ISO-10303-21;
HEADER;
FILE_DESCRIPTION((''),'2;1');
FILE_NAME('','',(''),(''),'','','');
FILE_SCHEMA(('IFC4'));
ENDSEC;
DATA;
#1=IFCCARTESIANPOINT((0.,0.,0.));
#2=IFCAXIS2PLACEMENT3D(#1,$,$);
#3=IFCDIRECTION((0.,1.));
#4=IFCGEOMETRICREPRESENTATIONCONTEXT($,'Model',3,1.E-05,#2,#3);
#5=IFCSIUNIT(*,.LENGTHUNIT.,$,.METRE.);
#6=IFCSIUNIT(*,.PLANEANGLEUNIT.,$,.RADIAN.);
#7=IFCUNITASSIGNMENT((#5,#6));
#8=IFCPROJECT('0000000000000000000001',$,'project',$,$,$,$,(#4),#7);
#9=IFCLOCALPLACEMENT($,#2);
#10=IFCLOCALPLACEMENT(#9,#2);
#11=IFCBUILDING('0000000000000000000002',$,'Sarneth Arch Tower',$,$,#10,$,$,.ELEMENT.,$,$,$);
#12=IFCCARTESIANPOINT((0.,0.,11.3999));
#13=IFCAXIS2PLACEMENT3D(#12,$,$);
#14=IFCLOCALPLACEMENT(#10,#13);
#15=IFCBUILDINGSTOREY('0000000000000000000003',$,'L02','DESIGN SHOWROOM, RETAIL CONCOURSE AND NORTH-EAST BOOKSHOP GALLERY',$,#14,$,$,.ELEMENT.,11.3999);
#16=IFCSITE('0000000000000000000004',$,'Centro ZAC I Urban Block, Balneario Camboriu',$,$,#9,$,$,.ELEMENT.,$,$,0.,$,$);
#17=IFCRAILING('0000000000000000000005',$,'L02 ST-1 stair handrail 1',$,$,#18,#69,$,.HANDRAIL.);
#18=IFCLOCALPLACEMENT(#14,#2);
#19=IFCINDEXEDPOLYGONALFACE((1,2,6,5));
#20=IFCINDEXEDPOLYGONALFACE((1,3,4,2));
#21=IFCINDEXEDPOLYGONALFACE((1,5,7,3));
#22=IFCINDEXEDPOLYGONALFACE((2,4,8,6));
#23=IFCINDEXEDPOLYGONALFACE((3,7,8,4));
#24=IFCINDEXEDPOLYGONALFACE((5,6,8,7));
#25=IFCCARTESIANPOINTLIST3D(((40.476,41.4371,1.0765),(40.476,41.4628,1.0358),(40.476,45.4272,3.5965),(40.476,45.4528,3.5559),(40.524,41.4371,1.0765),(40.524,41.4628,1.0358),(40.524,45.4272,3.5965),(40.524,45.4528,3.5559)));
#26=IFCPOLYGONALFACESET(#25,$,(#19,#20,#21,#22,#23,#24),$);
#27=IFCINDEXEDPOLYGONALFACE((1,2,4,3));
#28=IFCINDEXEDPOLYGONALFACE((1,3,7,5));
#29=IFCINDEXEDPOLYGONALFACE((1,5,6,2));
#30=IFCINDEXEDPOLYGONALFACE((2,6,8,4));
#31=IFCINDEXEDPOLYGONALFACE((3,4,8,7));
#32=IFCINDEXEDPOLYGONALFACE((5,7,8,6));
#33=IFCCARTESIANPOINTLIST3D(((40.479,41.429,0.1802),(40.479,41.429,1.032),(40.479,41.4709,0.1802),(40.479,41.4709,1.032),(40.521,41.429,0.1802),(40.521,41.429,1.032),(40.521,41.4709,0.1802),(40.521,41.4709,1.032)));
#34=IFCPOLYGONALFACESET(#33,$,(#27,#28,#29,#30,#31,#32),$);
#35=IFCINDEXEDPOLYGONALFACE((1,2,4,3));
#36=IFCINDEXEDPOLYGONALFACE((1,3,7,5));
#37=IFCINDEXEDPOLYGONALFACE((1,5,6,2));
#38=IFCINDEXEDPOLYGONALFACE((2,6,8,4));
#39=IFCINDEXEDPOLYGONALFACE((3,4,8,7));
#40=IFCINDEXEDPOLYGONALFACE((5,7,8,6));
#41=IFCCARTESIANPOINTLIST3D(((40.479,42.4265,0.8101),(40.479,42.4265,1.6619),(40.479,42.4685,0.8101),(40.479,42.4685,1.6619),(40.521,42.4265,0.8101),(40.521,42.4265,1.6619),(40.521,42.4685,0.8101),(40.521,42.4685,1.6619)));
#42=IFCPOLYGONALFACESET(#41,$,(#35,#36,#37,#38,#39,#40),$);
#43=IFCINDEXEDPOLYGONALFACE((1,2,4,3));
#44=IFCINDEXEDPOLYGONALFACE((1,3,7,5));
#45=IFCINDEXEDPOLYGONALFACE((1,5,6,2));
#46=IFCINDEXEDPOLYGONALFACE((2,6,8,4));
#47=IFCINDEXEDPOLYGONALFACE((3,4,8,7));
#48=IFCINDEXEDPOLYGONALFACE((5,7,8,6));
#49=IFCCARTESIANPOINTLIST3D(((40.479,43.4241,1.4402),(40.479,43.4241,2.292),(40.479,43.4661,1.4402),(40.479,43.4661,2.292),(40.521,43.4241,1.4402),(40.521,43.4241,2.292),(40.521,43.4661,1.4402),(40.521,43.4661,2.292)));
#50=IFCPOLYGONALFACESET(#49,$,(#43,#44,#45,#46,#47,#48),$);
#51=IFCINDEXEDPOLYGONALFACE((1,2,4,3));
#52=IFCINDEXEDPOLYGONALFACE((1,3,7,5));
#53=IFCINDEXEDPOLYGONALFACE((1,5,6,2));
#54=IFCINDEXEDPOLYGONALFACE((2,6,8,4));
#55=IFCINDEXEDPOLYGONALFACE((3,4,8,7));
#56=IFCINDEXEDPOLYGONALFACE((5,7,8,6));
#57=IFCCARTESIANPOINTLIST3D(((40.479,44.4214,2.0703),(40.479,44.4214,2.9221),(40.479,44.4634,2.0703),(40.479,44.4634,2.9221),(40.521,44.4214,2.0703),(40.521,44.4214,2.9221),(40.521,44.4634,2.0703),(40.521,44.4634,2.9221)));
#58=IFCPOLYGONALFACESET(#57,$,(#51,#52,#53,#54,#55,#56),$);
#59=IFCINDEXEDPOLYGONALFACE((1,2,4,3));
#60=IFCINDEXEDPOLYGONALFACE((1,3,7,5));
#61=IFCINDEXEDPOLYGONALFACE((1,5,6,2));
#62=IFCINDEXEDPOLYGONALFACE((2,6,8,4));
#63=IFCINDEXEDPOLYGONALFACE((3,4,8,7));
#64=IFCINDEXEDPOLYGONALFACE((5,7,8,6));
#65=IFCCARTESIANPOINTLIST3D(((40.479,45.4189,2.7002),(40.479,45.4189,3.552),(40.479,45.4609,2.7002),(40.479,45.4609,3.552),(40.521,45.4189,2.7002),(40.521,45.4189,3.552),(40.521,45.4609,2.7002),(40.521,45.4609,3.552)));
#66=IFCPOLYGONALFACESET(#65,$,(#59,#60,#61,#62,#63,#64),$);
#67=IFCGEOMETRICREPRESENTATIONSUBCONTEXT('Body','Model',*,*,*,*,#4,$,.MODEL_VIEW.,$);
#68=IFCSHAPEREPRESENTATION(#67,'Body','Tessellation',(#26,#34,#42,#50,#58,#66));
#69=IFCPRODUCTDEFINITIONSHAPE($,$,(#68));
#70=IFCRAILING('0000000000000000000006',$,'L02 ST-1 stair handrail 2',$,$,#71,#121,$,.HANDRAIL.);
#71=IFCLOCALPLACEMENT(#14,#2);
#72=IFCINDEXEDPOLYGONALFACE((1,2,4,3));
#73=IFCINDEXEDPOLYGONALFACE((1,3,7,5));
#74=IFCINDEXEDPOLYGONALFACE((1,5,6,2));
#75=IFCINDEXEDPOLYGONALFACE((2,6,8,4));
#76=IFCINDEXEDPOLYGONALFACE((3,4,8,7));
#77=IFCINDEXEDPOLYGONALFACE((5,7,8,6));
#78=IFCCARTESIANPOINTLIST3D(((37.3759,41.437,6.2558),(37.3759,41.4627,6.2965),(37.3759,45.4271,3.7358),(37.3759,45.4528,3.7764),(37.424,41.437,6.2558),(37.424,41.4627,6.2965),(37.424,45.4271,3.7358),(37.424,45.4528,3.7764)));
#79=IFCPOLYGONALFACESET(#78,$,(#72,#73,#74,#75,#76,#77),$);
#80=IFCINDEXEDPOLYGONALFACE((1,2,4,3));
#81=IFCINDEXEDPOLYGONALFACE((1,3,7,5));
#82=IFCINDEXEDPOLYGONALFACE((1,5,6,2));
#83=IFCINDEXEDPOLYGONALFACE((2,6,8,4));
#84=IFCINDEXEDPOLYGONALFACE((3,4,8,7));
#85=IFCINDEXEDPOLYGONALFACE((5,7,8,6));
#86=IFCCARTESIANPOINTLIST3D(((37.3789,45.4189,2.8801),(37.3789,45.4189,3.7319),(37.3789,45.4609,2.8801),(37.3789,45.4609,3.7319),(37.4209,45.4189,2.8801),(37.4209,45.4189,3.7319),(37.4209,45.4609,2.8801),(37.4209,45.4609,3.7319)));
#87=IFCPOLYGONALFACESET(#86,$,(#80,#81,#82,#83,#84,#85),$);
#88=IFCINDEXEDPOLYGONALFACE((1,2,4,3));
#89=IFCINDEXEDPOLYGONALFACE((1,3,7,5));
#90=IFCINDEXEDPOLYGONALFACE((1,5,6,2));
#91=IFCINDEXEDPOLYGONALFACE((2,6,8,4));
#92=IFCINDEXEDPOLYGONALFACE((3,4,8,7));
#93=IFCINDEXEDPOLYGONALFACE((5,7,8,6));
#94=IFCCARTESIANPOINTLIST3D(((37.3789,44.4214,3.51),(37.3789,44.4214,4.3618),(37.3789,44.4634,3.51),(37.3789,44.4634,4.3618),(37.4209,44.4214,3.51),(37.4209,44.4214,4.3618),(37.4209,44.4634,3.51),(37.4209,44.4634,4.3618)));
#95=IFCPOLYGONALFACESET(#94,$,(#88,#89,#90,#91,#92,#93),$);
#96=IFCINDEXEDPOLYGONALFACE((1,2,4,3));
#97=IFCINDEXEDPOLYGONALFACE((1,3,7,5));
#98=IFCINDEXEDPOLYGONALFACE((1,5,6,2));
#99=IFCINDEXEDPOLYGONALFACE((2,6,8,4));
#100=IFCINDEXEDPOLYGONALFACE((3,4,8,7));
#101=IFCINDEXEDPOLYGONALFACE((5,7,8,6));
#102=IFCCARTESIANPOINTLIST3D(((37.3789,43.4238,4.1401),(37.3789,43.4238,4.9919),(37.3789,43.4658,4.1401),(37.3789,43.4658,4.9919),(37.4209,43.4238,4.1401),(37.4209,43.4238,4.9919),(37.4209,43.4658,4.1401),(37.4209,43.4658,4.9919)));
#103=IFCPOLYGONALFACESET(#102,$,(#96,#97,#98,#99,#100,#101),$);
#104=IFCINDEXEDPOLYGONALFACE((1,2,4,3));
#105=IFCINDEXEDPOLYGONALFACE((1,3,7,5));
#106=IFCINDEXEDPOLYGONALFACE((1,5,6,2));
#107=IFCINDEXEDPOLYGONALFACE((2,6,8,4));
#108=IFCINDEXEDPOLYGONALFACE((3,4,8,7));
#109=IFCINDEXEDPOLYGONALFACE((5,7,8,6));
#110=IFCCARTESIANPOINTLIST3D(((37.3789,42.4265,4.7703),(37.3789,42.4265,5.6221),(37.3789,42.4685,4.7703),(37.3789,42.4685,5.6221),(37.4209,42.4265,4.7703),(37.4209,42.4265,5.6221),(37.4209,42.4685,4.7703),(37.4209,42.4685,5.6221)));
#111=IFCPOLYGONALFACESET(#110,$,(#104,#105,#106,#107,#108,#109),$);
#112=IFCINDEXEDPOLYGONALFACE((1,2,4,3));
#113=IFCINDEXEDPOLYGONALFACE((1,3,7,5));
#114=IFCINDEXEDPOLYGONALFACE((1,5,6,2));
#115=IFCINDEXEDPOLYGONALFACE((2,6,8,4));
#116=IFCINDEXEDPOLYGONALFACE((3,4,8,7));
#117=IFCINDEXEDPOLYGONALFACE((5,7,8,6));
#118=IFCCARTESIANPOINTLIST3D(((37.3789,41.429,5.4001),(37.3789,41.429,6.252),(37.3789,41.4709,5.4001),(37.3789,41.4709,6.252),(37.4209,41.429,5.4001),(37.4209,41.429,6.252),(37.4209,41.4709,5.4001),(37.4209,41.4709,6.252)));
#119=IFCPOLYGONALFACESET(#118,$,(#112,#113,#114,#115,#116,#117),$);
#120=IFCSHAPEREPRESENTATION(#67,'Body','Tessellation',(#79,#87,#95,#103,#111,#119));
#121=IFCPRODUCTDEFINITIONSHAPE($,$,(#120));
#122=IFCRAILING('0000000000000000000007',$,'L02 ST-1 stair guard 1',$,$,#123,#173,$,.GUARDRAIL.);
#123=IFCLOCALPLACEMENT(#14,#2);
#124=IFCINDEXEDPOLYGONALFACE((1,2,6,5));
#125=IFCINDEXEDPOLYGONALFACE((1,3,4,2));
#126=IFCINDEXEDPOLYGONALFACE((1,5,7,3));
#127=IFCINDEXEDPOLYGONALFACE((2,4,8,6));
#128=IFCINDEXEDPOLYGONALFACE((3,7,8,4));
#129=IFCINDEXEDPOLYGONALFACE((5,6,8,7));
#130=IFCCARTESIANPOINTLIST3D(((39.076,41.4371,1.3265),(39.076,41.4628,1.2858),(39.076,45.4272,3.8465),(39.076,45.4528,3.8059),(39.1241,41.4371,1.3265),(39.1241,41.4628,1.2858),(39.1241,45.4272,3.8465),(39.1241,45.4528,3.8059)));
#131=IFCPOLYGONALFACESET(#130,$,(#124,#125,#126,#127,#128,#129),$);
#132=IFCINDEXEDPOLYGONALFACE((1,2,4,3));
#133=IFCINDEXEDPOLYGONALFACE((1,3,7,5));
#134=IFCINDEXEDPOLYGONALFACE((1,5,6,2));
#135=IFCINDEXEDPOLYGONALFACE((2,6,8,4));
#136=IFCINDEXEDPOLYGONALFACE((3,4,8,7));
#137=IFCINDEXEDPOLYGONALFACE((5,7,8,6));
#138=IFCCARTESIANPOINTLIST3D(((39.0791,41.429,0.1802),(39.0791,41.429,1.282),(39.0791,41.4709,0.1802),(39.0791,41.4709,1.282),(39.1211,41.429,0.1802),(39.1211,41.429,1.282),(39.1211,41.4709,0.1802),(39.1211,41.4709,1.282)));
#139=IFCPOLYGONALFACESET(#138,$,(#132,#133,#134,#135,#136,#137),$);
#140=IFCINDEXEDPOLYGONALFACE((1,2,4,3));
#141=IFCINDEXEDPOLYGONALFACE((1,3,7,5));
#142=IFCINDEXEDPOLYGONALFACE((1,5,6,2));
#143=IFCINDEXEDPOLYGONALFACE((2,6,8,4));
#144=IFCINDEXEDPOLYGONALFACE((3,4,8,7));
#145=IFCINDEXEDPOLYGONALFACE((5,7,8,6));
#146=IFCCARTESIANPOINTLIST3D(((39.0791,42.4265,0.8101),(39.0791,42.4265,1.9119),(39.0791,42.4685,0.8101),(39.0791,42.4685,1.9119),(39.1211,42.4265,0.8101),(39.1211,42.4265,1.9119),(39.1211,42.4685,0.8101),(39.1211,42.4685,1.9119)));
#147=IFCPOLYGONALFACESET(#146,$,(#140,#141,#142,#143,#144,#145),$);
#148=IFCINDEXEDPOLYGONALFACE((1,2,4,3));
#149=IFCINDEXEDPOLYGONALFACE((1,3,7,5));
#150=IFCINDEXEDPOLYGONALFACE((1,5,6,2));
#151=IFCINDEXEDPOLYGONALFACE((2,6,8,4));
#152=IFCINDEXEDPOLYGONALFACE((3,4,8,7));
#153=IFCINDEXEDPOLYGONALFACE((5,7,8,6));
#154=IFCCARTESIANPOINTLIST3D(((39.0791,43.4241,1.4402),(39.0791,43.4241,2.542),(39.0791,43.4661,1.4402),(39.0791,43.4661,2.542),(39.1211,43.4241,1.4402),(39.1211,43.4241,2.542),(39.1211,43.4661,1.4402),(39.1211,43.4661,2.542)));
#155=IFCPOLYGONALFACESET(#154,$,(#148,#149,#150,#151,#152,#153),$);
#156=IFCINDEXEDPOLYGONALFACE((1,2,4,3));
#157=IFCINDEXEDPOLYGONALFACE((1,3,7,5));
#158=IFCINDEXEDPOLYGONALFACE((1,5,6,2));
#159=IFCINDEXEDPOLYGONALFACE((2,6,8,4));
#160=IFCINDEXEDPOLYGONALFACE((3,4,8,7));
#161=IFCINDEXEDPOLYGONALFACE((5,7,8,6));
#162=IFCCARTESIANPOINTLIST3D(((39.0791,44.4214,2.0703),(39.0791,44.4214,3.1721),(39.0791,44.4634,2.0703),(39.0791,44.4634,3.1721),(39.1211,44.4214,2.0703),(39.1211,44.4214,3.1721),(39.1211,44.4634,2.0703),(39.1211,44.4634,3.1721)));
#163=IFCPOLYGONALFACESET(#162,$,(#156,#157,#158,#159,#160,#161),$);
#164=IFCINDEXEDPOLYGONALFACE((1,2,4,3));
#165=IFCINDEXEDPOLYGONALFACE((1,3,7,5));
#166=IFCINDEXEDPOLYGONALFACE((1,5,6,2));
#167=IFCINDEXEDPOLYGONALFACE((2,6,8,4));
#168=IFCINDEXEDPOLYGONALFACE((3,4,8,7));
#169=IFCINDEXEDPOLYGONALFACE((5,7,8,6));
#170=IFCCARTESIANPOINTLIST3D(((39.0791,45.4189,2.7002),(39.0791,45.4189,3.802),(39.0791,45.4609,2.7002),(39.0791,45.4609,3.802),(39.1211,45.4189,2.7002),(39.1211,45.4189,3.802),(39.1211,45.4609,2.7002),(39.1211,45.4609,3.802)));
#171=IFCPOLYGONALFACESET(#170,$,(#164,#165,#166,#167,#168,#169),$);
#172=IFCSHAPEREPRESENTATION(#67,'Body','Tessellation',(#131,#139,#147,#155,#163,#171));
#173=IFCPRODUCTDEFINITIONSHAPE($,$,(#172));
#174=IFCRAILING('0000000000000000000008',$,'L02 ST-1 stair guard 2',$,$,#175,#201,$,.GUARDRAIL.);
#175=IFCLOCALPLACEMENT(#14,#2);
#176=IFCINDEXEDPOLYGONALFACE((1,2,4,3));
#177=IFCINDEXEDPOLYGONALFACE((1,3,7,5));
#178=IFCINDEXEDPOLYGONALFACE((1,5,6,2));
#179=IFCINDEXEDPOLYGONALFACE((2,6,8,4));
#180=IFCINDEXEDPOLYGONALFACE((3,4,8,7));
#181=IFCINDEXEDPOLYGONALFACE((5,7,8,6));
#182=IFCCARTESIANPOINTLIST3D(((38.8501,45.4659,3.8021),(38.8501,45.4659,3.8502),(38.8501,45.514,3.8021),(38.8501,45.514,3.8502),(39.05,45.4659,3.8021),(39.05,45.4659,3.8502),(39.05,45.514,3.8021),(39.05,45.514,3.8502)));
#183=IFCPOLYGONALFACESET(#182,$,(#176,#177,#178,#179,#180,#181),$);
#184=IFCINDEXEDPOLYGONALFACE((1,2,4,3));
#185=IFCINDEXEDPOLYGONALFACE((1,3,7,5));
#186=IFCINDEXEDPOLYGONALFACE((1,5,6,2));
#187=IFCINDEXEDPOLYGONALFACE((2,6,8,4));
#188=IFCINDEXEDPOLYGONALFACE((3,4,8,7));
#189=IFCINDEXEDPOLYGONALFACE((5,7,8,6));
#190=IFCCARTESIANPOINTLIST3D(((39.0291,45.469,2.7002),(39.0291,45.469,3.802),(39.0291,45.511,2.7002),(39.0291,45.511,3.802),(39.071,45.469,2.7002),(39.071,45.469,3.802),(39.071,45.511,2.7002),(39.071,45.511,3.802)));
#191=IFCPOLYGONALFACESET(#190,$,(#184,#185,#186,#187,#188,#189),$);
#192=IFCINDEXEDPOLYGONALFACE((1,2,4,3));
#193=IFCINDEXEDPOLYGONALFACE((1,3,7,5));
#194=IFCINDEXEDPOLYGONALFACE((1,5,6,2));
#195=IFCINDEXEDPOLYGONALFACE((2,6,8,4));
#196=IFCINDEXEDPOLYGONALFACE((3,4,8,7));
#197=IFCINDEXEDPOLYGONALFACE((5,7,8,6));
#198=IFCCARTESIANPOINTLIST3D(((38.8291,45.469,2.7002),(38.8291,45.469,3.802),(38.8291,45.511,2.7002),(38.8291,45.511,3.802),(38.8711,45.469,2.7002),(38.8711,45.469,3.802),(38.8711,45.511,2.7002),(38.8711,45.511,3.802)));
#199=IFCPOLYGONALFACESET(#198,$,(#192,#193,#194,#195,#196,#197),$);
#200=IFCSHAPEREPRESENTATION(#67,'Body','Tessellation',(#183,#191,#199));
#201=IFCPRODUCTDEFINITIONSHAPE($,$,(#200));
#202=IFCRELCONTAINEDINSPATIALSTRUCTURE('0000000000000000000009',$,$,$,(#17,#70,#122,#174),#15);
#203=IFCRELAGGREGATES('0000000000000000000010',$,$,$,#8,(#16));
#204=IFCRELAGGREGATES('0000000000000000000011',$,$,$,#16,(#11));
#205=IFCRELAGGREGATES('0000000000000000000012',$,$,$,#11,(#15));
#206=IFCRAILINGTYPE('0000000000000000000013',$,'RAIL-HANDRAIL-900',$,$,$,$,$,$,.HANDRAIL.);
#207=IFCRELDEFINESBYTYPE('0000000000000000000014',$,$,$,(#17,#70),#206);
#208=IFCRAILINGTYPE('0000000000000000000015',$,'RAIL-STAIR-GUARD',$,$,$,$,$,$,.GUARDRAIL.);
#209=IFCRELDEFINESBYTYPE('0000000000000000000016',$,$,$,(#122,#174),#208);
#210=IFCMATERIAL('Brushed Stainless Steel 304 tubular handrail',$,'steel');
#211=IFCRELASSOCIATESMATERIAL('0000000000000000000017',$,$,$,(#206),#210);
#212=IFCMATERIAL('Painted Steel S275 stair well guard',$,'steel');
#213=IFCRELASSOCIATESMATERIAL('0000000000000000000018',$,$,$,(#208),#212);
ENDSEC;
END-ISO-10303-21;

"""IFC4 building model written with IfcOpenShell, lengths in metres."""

from ifc_helpers import new_model, si_unit, direction, frame, origin, origin_2d, place, context, subcontext, project, spatial, rectangle, extrude, material, type_object, element, save


model = new_model("IFC4")

# Units and contexts
model_context = context("Model", 3, precision=1e-05, world=origin(), true_north=direction((0.0, 1.0)))
body_context = subcontext(model_context, "Body", "Model", "MODEL_VIEW")
ifc_project = project(units=[si_unit("LENGTHUNIT", "METRE"), si_unit("PLANEANGLEUNIT", "RADIAN")], contexts=[model_context])

# Site, building, storey
site_placement = place(None, origin())
site = spatial("IfcSite", under=ifc_project, at=site_placement, Name="Centro ZAC I Urban Block, Balneario Camboriu", CompositionType="ELEMENT", RefElevation=0.0)
building_placement = place(site_placement, origin())
building = spatial("IfcBuilding", under=site, at=building_placement, Name="Sarneth Arch Tower", CompositionType="ELEMENT")
storey_placement = place(building_placement, frame((0.0, 0.0, 11.3999)))
storey = spatial("IfcBuildingStorey", under=building, at=storey_placement, Name="L02", Description="DESIGN SHOWROOM, RETAIL CONCOURSE AND NORTH-EAST BOOKSHOP GALLERY", CompositionType="ELEMENT", Elevation=11.3999)

# Railings
ifc_material_1 = material(Name="Brushed Stainless Steel 304 tubular handrail", Category="steel")
railing_type_1 = type_object("IfcRailingType", Name="RAIL-HANDRAIL-900", PredefinedType="HANDRAIL", material=ifc_material_1)
railing_1_placement = place(storey_placement, frame((40.5, 41.45, 0.1802)))
element("IfcRailing", 1, at=railing_1_placement, inside=storey, type_object=railing_type_1, Name="L02 ST-1 stair handrail 1", PredefinedType="HANDRAIL", context=body_context, shape_type="SweptSolid", body=[
    extrude(rectangle(XDim=0.0481, YDim=0.0481, at=origin_2d()), frame((0.0, 0.0, 0.876), z_axis=(0.0, 0.845486, 0.533997), x_axis=(-1.0, 0.0, 0.0)), (0.0, 0.0, 1.0), 4.7192),
    extrude(rectangle(XDim=0.042, YDim=0.042, at=origin_2d()), origin(), (0.0, 0.0, 1.0), 0.8518),
    extrude(rectangle(XDim=0.042, YDim=0.042, at=origin_2d()), frame((0.0, 0.9976, 0.6299)), (0.0, 0.0, 1.0), 0.8518),
    extrude(rectangle(XDim=0.042, YDim=0.042, at=origin_2d()), frame((0.0, 1.9951, 1.26)), (0.0, 0.0, 1.0), 0.8518),
    extrude(rectangle(XDim=0.042, YDim=0.042, at=origin_2d()), frame((0.0, 2.9924, 1.8901)), (0.0, 0.0, 1.0), 0.8518),
    extrude(rectangle(XDim=0.042, YDim=0.042, at=origin_2d()), frame((0.0, 3.99, 2.52)), (0.0, 0.0, 1.0), 0.8518),
])
railing_2_placement = place(storey_placement, frame((37.3999, 45.4399, 2.8801)))
element("IfcRailing", 2, at=railing_2_placement, inside=storey, type_object=railing_type_1, Name="L02 ST-1 stair handrail 2", PredefinedType="HANDRAIL", context=body_context, shape_type="SweptSolid", body=[
    extrude(rectangle(XDim=0.0481, YDim=0.0481, at=origin_2d()), frame((0.0, 0.0, 0.876), z_axis=(0.0, -0.845486, 0.533997), x_axis=(1.0, 0.0, 0.0)), (0.0, 0.0, 1.0), 4.7192),
    extrude(rectangle(XDim=0.042, YDim=0.042, at=origin_2d()), origin(), (0.0, 0.0, 1.0), 0.8518),
    extrude(rectangle(XDim=0.042, YDim=0.042, at=origin_2d()), frame((0.0, -0.9976, 0.6299)), (0.0, 0.0, 1.0), 0.8518),
    extrude(rectangle(XDim=0.042, YDim=0.042, at=origin_2d()), frame((0.0, -1.9951, 1.26)), (0.0, 0.0, 1.0), 0.8518),
    extrude(rectangle(XDim=0.042, YDim=0.042, at=origin_2d()), frame((0.0, -2.9924, 1.8901)), (0.0, 0.0, 1.0), 0.8518),
    extrude(rectangle(XDim=0.042, YDim=0.042, at=origin_2d()), frame((0.0, -3.99, 2.52)), (0.0, 0.0, 1.0), 0.8518),
])
ifc_material_2 = material(Name="Painted Steel S275 stair well guard", Category="steel")
railing_type_2 = type_object("IfcRailingType", Name="RAIL-STAIR-GUARD", PredefinedType="GUARDRAIL", material=ifc_material_2)
railing_3_placement = place(storey_placement, frame((39.1001, 41.45, 0.1802)))
element("IfcRailing", 3, at=railing_3_placement, inside=storey, type_object=railing_type_2, Name="L02 ST-1 stair guard 1", PredefinedType="GUARDRAIL", context=body_context, shape_type="SweptSolid", body=[
    extrude(rectangle(XDim=0.0481, YDim=0.0481, at=origin_2d()), frame((0.0, 0.0, 1.126), z_axis=(0.0, 0.845486, 0.533997), x_axis=(-1.0, 0.0, 0.0)), (0.0, 0.0, 1.0), 4.7192),
    extrude(rectangle(XDim=0.042, YDim=0.042, at=origin_2d()), origin(), (0.0, 0.0, 1.0), 1.1018),
    extrude(rectangle(XDim=0.042, YDim=0.042, at=origin_2d()), frame((0.0, 0.9976, 0.6299)), (0.0, 0.0, 1.0), 1.1018),
    extrude(rectangle(XDim=0.042, YDim=0.042, at=origin_2d()), frame((0.0, 1.9951, 1.26)), (0.0, 0.0, 1.0), 1.1018),
    extrude(rectangle(XDim=0.042, YDim=0.042, at=origin_2d()), frame((0.0, 2.9924, 1.8901)), (0.0, 0.0, 1.0), 1.1018),
    extrude(rectangle(XDim=0.042, YDim=0.042, at=origin_2d()), frame((0.0, 3.99, 2.52)), (0.0, 0.0, 1.0), 1.1018),
])
railing_4_placement = place(storey_placement, frame((39.05, 45.49, 2.7002)))
element("IfcRailing", 4, at=railing_4_placement, inside=storey, type_object=railing_type_2, Name="L02 ST-1 stair guard 2", PredefinedType="GUARDRAIL", context=body_context, shape_type="SweptSolid", body=[
    extrude(rectangle(XDim=0.0481, YDim=0.0481, at=origin_2d()), frame((0.0, 0.0, 1.126), z_axis=(-1.0, 0.0, 0.0), x_axis=(0.0, -1.0, 0.0)), (0.0, 0.0, 1.0), 0.2),
    extrude(rectangle(XDim=0.042, YDim=0.042, at=origin_2d()), origin(), (0.0, 0.0, 1.0), 1.1018),
    extrude(rectangle(XDim=0.042, YDim=0.042, at=origin_2d()), frame((-0.2, 0.0, 0.0)), (0.0, 0.0, 1.0), 1.1018),
])

save(model, "model.ifc")
